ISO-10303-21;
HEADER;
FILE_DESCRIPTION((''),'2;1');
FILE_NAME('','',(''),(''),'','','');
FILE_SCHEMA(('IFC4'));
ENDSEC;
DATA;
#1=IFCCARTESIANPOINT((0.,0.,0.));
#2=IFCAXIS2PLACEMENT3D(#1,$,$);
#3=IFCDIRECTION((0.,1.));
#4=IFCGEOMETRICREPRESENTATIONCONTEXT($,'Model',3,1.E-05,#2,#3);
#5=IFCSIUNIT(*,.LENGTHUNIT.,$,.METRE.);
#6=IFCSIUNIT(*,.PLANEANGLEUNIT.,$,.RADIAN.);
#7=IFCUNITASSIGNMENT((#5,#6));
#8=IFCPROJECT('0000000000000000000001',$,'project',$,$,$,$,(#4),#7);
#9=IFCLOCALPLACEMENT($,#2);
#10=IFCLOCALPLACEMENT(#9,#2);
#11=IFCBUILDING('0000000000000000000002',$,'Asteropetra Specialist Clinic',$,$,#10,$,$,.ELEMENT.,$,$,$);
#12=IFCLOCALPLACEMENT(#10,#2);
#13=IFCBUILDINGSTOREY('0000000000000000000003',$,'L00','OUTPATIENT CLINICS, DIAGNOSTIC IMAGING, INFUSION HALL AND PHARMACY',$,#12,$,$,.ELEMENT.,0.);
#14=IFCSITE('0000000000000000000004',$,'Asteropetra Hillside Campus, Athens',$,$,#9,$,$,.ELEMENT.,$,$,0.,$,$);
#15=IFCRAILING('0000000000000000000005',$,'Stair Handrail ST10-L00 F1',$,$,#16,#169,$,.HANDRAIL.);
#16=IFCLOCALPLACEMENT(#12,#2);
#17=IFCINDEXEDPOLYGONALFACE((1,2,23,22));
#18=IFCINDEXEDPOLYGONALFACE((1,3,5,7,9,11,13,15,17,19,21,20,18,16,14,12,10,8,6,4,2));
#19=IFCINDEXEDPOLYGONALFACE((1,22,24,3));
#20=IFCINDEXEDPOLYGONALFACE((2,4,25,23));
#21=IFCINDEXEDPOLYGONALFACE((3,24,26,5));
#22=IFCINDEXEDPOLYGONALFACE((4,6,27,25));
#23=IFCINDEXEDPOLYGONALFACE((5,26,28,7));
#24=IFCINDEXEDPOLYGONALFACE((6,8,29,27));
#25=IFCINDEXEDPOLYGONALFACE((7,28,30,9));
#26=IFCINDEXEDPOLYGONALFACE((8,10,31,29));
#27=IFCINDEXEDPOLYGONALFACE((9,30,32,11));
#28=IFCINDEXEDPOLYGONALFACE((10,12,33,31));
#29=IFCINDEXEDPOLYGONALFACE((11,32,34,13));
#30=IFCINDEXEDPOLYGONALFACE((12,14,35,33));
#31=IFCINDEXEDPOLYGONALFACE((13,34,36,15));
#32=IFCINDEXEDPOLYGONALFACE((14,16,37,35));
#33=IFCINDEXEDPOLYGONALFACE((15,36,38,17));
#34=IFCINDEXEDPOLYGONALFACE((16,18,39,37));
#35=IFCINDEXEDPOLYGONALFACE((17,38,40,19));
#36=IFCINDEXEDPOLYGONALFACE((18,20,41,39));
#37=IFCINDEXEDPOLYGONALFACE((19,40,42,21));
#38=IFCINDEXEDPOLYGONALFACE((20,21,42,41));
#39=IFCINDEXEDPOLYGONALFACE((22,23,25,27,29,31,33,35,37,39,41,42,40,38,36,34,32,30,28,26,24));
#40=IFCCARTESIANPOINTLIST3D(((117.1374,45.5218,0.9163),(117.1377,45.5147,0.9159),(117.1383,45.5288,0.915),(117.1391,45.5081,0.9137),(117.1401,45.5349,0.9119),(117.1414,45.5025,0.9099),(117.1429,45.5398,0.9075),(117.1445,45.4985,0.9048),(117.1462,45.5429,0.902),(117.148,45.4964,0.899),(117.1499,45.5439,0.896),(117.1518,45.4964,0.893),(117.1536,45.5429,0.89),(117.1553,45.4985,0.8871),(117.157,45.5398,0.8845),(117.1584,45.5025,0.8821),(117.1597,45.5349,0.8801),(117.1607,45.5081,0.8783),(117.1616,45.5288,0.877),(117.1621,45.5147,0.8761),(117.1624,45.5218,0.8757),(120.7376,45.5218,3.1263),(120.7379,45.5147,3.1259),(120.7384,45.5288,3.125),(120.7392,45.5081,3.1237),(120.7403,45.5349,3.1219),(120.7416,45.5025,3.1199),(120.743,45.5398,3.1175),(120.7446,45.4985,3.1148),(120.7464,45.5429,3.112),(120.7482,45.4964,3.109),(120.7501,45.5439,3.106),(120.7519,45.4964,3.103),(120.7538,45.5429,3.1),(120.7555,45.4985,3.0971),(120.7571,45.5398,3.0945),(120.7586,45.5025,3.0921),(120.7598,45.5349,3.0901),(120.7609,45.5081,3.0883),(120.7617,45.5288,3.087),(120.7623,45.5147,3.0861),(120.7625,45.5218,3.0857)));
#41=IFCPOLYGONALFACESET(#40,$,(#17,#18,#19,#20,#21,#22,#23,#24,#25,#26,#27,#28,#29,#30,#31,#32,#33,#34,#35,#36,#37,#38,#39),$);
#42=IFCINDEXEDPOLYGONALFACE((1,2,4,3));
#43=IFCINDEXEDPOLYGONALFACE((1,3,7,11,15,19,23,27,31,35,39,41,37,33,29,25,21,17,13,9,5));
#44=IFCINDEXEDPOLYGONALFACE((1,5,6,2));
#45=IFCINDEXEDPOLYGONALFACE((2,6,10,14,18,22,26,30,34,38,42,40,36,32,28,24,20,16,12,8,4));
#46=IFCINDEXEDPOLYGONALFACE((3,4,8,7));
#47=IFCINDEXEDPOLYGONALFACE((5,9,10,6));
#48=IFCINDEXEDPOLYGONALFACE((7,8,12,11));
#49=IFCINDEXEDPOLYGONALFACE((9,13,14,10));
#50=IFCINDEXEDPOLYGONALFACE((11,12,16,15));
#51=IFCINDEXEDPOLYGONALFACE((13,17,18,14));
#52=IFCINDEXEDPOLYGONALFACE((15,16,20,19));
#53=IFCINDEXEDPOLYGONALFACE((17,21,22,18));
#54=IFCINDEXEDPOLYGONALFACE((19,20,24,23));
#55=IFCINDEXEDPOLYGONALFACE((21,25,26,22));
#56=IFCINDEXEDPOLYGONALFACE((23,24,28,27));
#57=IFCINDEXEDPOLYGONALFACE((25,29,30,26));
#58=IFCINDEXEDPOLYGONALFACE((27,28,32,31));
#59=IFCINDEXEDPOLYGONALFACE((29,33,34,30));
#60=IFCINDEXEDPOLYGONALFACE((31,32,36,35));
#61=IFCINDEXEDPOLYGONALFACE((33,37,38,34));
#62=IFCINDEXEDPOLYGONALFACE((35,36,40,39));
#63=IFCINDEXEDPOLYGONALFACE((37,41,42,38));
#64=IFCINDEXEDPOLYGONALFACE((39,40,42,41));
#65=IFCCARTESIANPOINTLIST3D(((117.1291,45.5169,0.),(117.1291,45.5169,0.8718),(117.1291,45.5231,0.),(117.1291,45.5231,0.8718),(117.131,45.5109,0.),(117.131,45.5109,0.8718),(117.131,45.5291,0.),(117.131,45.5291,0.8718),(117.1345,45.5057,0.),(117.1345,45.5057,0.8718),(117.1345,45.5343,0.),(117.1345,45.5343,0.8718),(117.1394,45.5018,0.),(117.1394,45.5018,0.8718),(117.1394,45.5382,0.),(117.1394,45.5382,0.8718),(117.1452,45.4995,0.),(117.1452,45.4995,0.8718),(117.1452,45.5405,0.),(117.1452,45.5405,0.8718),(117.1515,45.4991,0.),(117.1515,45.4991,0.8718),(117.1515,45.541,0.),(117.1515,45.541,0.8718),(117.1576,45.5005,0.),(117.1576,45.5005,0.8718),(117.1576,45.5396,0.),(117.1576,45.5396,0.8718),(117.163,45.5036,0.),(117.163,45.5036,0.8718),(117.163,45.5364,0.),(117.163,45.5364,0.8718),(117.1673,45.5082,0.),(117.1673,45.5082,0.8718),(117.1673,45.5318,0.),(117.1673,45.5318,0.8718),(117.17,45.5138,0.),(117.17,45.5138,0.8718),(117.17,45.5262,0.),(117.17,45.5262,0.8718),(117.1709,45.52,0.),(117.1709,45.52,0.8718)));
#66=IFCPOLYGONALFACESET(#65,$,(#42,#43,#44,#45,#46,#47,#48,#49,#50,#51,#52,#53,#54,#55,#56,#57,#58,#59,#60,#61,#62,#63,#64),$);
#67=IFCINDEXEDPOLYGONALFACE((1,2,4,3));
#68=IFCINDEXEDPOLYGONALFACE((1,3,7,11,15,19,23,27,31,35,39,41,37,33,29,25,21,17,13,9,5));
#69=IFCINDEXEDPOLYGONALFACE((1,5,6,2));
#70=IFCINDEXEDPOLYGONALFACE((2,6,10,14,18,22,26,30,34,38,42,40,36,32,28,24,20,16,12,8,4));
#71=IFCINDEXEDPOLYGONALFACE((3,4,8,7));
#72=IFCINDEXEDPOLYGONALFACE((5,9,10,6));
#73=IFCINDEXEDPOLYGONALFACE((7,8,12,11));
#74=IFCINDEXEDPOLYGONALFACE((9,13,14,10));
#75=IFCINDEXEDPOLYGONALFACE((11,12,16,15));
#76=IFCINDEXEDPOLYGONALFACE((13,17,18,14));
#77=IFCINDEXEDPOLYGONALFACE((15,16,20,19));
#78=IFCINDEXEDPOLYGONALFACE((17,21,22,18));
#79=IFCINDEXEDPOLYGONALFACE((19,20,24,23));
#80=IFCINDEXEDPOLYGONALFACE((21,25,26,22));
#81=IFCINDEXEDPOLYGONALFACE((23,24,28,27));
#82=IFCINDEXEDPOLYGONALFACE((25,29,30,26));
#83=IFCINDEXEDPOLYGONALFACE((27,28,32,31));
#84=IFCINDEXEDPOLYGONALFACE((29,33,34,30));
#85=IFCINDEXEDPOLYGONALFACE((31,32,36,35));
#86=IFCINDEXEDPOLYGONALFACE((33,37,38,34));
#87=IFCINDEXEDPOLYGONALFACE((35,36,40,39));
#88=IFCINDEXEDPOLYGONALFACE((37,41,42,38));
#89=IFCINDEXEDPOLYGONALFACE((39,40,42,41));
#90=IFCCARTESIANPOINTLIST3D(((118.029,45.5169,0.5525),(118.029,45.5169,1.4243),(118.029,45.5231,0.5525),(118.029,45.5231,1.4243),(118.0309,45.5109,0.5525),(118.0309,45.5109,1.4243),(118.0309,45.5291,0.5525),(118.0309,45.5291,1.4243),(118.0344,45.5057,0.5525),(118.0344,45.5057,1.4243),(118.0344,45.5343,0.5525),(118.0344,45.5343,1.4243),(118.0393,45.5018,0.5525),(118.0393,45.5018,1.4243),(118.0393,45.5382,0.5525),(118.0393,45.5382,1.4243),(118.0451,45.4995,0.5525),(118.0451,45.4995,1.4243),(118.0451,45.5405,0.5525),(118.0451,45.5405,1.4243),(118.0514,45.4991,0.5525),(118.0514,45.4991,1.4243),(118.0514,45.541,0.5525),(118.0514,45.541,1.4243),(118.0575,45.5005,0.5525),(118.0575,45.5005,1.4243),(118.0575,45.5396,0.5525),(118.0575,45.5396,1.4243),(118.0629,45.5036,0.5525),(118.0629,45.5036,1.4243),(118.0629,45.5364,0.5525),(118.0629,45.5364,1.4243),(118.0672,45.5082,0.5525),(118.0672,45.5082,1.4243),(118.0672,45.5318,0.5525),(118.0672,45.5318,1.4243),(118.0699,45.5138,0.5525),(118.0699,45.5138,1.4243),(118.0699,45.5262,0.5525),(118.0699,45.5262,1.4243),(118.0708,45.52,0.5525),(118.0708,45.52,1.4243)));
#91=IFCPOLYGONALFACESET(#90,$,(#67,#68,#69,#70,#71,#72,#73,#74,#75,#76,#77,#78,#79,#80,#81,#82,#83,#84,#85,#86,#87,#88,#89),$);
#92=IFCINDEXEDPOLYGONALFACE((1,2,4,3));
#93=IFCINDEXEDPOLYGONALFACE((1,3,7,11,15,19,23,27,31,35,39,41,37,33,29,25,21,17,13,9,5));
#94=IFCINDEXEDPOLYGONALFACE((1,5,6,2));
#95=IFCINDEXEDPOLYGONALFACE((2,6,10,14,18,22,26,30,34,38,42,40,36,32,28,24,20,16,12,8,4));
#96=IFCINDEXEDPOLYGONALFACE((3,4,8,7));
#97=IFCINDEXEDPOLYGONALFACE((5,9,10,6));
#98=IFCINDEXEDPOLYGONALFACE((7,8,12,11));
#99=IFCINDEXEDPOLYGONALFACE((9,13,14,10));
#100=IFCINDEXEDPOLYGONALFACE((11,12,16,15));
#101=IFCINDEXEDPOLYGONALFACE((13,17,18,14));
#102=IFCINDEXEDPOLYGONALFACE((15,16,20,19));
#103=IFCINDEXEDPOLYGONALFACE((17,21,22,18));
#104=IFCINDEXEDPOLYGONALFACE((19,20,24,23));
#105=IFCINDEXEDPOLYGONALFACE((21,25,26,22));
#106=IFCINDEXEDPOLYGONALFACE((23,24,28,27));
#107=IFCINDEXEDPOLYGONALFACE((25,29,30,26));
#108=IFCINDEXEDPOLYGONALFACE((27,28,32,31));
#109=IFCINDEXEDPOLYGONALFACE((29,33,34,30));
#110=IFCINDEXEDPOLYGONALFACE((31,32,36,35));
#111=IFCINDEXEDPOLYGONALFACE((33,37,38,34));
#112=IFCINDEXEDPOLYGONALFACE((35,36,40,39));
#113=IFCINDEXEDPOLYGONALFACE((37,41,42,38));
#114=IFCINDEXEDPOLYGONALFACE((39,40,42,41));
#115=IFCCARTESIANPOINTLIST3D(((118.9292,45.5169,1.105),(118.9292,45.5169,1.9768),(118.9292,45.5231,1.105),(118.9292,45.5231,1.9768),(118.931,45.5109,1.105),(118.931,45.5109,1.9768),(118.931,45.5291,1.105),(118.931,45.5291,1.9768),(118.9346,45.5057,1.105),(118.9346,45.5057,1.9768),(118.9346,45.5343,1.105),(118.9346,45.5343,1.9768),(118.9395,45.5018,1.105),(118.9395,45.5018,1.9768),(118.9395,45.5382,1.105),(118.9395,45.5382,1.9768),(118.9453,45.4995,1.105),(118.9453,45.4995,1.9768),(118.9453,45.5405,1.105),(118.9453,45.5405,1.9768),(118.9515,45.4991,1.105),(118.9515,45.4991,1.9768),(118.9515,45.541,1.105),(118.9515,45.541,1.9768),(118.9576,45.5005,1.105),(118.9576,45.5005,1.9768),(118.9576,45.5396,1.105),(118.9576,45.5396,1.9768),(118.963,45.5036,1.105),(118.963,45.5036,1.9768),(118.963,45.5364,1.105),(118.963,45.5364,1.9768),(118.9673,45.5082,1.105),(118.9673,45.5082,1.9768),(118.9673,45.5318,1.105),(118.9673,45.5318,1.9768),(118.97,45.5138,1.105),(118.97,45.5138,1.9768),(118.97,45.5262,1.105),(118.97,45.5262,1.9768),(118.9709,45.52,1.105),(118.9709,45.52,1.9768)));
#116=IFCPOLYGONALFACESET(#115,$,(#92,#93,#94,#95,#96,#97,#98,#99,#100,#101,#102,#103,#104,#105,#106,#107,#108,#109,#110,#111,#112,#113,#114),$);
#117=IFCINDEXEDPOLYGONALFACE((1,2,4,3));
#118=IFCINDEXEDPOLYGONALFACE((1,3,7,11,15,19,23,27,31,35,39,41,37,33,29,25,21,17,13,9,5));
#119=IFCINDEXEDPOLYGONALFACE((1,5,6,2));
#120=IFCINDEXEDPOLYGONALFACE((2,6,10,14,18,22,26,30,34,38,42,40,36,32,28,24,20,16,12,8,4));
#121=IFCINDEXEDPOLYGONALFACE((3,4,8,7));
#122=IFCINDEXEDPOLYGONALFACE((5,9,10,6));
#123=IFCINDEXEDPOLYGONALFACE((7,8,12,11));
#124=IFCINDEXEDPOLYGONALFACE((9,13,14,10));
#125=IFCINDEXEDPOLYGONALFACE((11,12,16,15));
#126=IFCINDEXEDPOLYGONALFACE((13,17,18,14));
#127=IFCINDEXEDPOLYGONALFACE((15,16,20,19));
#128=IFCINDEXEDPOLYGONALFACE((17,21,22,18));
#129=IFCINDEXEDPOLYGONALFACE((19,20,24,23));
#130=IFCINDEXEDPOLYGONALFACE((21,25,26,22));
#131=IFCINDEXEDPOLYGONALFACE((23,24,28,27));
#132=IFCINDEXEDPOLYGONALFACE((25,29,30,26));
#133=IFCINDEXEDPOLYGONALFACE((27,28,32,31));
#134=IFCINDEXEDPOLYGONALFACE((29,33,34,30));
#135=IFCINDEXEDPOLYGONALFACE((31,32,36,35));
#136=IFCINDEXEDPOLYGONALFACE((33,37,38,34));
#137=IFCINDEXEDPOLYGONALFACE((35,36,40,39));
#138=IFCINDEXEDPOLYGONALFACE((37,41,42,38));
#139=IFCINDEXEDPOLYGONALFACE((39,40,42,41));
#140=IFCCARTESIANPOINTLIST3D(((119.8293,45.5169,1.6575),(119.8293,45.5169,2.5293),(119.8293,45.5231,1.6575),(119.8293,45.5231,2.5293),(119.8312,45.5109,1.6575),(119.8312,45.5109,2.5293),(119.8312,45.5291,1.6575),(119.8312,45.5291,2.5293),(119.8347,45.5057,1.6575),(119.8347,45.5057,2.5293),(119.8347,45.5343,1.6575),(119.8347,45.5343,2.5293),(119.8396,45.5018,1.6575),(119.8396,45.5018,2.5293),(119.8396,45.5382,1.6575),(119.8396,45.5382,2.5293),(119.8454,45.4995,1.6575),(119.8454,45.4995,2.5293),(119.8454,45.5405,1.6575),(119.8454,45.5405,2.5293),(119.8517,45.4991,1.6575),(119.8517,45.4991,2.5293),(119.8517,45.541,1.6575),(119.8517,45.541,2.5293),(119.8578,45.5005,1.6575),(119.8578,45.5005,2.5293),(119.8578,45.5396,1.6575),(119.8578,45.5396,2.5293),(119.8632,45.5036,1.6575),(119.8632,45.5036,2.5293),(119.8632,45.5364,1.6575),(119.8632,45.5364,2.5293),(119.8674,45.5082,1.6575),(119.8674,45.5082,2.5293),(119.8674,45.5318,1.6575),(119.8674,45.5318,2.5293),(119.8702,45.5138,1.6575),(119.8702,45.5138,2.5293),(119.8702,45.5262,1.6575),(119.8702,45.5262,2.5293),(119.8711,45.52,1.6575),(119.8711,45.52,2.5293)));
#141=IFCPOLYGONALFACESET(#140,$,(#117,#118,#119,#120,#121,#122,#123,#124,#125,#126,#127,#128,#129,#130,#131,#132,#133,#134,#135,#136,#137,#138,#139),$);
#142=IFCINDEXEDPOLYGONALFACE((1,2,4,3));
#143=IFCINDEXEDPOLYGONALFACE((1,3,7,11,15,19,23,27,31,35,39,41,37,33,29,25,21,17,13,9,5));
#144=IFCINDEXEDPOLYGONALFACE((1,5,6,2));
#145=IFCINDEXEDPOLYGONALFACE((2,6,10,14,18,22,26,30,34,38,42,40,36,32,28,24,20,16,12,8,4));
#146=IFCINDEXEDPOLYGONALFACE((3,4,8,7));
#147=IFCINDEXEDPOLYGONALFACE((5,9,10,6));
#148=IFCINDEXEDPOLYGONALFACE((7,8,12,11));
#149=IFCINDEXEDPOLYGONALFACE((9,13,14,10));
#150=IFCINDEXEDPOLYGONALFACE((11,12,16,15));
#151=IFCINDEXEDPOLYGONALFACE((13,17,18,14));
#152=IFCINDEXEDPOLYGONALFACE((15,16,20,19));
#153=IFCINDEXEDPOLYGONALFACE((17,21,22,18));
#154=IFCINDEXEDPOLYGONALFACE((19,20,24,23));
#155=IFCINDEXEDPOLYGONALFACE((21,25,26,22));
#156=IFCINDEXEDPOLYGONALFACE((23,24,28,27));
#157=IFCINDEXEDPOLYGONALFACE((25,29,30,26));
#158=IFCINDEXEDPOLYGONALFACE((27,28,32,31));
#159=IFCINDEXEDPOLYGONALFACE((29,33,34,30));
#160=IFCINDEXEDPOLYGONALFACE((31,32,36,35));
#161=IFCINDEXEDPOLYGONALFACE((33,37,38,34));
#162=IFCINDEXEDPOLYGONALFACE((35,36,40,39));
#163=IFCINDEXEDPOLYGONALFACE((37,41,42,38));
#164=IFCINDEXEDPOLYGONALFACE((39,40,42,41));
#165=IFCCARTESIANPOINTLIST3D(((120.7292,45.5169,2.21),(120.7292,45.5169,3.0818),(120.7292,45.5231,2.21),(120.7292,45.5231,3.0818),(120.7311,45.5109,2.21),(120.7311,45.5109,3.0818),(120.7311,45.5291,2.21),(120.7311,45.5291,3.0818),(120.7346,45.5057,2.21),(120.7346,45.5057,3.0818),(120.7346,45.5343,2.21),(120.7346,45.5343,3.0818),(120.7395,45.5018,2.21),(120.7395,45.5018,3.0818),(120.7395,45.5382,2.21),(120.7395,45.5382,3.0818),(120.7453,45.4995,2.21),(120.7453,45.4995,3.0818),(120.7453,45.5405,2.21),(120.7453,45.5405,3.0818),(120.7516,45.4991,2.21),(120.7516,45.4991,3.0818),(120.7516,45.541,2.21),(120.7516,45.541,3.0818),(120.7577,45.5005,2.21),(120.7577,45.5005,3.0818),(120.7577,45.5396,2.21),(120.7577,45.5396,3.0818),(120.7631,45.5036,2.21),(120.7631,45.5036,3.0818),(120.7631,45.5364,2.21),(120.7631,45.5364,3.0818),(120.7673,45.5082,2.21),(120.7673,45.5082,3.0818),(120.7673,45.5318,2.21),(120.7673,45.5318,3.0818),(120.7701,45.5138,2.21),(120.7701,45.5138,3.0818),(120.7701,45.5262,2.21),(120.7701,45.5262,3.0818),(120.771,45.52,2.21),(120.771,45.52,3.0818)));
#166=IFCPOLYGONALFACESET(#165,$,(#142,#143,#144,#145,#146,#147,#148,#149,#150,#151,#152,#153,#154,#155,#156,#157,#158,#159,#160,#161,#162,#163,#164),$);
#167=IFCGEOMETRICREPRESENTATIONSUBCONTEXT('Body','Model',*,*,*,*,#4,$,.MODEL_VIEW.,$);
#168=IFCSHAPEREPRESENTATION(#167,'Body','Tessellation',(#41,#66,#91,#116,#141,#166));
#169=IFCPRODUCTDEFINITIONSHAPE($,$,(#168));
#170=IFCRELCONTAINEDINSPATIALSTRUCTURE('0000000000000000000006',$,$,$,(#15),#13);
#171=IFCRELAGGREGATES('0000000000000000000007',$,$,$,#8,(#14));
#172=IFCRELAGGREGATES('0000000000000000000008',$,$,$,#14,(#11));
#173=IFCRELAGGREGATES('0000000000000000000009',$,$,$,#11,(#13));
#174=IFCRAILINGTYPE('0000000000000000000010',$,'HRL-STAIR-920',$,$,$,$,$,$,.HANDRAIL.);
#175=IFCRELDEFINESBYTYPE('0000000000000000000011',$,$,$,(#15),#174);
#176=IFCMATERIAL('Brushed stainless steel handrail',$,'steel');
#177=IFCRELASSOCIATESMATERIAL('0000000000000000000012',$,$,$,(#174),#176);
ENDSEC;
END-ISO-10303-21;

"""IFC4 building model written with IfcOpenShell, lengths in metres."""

from ifc_helpers import new_model, si_unit, direction, frame, origin, origin_2d, place, context, subcontext, project, spatial, circle, extrude, material, type_object, element, save


model = new_model("IFC4")

# Units and contexts
model_context = context("Model", 3, precision=1e-05, world=origin(), true_north=direction((0.0, 1.0)))
body_context = subcontext(model_context, "Body", "Model", "MODEL_VIEW")
ifc_project = project(units=[si_unit("LENGTHUNIT", "METRE"), si_unit("PLANEANGLEUNIT", "RADIAN")], contexts=[model_context])

# Site, building, storey
site_placement = place(None, origin())
site = spatial("IfcSite", under=ifc_project, at=site_placement, Name="Asteropetra Hillside Campus, Athens", CompositionType="ELEMENT", RefElevation=0.0)
building_placement = place(site_placement, origin())
building = spatial("IfcBuilding", under=site, at=building_placement, Name="Asteropetra Specialist Clinic", CompositionType="ELEMENT")
storey_placement = place(building_placement, origin())
storey = spatial("IfcBuildingStorey", under=building, at=storey_placement, Name="L00", Description="OUTPATIENT CLINICS, DIAGNOSTIC IMAGING, INFUSION HALL AND PHARMACY", CompositionType="ELEMENT", Elevation=0.0)

# Railing
ifc_material_1 = material(Name="Brushed stainless steel handrail", Category="steel")
railing_type_1 = type_object("IfcRailingType", Name="HRL-STAIR-920", PredefinedType="HANDRAIL", material=ifc_material_1)
railing_1_placement = place(storey_placement, frame((117.1499, 45.52, 0.0)))
element("IfcRailing", 1, at=railing_1_placement, inside=storey, type_object=railing_type_1, Name="Stair Handrail ST10-L00 F1", PredefinedType="HANDRAIL", context=body_context, shape_type="SweptSolid", body=[
    extrude(circle(Radius=0.0239, at=origin_2d()), frame((0.0, 0.0, 0.896), z_axis=(0.852237, 0.0, 0.523156), x_axis=(0.0, 1.0, 0.0)), (0.0, 0.0, 1.0), 4.2244),
    extrude(circle(Radius=0.021, at=origin_2d()), origin(), (0.0, 0.0, 1.0), 0.8718),
    extrude(circle(Radius=0.021, at=origin_2d()), frame((0.8999, 0.0, 0.5525)), (0.0, 0.0, 1.0), 0.8718),
    extrude(circle(Radius=0.021, at=origin_2d()), frame((1.8, 0.0, 1.105)), (0.0, 0.0, 1.0), 0.8718),
    extrude(circle(Radius=0.021, at=origin_2d()), frame((2.7002, 0.0, 1.6575)), (0.0, 0.0, 1.0), 0.8718),
    extrude(circle(Radius=0.021, at=origin_2d()), frame((3.6001, 0.0, 2.21)), (0.0, 0.0, 1.0), 0.8718),
])

save(model, "model.ifc")
